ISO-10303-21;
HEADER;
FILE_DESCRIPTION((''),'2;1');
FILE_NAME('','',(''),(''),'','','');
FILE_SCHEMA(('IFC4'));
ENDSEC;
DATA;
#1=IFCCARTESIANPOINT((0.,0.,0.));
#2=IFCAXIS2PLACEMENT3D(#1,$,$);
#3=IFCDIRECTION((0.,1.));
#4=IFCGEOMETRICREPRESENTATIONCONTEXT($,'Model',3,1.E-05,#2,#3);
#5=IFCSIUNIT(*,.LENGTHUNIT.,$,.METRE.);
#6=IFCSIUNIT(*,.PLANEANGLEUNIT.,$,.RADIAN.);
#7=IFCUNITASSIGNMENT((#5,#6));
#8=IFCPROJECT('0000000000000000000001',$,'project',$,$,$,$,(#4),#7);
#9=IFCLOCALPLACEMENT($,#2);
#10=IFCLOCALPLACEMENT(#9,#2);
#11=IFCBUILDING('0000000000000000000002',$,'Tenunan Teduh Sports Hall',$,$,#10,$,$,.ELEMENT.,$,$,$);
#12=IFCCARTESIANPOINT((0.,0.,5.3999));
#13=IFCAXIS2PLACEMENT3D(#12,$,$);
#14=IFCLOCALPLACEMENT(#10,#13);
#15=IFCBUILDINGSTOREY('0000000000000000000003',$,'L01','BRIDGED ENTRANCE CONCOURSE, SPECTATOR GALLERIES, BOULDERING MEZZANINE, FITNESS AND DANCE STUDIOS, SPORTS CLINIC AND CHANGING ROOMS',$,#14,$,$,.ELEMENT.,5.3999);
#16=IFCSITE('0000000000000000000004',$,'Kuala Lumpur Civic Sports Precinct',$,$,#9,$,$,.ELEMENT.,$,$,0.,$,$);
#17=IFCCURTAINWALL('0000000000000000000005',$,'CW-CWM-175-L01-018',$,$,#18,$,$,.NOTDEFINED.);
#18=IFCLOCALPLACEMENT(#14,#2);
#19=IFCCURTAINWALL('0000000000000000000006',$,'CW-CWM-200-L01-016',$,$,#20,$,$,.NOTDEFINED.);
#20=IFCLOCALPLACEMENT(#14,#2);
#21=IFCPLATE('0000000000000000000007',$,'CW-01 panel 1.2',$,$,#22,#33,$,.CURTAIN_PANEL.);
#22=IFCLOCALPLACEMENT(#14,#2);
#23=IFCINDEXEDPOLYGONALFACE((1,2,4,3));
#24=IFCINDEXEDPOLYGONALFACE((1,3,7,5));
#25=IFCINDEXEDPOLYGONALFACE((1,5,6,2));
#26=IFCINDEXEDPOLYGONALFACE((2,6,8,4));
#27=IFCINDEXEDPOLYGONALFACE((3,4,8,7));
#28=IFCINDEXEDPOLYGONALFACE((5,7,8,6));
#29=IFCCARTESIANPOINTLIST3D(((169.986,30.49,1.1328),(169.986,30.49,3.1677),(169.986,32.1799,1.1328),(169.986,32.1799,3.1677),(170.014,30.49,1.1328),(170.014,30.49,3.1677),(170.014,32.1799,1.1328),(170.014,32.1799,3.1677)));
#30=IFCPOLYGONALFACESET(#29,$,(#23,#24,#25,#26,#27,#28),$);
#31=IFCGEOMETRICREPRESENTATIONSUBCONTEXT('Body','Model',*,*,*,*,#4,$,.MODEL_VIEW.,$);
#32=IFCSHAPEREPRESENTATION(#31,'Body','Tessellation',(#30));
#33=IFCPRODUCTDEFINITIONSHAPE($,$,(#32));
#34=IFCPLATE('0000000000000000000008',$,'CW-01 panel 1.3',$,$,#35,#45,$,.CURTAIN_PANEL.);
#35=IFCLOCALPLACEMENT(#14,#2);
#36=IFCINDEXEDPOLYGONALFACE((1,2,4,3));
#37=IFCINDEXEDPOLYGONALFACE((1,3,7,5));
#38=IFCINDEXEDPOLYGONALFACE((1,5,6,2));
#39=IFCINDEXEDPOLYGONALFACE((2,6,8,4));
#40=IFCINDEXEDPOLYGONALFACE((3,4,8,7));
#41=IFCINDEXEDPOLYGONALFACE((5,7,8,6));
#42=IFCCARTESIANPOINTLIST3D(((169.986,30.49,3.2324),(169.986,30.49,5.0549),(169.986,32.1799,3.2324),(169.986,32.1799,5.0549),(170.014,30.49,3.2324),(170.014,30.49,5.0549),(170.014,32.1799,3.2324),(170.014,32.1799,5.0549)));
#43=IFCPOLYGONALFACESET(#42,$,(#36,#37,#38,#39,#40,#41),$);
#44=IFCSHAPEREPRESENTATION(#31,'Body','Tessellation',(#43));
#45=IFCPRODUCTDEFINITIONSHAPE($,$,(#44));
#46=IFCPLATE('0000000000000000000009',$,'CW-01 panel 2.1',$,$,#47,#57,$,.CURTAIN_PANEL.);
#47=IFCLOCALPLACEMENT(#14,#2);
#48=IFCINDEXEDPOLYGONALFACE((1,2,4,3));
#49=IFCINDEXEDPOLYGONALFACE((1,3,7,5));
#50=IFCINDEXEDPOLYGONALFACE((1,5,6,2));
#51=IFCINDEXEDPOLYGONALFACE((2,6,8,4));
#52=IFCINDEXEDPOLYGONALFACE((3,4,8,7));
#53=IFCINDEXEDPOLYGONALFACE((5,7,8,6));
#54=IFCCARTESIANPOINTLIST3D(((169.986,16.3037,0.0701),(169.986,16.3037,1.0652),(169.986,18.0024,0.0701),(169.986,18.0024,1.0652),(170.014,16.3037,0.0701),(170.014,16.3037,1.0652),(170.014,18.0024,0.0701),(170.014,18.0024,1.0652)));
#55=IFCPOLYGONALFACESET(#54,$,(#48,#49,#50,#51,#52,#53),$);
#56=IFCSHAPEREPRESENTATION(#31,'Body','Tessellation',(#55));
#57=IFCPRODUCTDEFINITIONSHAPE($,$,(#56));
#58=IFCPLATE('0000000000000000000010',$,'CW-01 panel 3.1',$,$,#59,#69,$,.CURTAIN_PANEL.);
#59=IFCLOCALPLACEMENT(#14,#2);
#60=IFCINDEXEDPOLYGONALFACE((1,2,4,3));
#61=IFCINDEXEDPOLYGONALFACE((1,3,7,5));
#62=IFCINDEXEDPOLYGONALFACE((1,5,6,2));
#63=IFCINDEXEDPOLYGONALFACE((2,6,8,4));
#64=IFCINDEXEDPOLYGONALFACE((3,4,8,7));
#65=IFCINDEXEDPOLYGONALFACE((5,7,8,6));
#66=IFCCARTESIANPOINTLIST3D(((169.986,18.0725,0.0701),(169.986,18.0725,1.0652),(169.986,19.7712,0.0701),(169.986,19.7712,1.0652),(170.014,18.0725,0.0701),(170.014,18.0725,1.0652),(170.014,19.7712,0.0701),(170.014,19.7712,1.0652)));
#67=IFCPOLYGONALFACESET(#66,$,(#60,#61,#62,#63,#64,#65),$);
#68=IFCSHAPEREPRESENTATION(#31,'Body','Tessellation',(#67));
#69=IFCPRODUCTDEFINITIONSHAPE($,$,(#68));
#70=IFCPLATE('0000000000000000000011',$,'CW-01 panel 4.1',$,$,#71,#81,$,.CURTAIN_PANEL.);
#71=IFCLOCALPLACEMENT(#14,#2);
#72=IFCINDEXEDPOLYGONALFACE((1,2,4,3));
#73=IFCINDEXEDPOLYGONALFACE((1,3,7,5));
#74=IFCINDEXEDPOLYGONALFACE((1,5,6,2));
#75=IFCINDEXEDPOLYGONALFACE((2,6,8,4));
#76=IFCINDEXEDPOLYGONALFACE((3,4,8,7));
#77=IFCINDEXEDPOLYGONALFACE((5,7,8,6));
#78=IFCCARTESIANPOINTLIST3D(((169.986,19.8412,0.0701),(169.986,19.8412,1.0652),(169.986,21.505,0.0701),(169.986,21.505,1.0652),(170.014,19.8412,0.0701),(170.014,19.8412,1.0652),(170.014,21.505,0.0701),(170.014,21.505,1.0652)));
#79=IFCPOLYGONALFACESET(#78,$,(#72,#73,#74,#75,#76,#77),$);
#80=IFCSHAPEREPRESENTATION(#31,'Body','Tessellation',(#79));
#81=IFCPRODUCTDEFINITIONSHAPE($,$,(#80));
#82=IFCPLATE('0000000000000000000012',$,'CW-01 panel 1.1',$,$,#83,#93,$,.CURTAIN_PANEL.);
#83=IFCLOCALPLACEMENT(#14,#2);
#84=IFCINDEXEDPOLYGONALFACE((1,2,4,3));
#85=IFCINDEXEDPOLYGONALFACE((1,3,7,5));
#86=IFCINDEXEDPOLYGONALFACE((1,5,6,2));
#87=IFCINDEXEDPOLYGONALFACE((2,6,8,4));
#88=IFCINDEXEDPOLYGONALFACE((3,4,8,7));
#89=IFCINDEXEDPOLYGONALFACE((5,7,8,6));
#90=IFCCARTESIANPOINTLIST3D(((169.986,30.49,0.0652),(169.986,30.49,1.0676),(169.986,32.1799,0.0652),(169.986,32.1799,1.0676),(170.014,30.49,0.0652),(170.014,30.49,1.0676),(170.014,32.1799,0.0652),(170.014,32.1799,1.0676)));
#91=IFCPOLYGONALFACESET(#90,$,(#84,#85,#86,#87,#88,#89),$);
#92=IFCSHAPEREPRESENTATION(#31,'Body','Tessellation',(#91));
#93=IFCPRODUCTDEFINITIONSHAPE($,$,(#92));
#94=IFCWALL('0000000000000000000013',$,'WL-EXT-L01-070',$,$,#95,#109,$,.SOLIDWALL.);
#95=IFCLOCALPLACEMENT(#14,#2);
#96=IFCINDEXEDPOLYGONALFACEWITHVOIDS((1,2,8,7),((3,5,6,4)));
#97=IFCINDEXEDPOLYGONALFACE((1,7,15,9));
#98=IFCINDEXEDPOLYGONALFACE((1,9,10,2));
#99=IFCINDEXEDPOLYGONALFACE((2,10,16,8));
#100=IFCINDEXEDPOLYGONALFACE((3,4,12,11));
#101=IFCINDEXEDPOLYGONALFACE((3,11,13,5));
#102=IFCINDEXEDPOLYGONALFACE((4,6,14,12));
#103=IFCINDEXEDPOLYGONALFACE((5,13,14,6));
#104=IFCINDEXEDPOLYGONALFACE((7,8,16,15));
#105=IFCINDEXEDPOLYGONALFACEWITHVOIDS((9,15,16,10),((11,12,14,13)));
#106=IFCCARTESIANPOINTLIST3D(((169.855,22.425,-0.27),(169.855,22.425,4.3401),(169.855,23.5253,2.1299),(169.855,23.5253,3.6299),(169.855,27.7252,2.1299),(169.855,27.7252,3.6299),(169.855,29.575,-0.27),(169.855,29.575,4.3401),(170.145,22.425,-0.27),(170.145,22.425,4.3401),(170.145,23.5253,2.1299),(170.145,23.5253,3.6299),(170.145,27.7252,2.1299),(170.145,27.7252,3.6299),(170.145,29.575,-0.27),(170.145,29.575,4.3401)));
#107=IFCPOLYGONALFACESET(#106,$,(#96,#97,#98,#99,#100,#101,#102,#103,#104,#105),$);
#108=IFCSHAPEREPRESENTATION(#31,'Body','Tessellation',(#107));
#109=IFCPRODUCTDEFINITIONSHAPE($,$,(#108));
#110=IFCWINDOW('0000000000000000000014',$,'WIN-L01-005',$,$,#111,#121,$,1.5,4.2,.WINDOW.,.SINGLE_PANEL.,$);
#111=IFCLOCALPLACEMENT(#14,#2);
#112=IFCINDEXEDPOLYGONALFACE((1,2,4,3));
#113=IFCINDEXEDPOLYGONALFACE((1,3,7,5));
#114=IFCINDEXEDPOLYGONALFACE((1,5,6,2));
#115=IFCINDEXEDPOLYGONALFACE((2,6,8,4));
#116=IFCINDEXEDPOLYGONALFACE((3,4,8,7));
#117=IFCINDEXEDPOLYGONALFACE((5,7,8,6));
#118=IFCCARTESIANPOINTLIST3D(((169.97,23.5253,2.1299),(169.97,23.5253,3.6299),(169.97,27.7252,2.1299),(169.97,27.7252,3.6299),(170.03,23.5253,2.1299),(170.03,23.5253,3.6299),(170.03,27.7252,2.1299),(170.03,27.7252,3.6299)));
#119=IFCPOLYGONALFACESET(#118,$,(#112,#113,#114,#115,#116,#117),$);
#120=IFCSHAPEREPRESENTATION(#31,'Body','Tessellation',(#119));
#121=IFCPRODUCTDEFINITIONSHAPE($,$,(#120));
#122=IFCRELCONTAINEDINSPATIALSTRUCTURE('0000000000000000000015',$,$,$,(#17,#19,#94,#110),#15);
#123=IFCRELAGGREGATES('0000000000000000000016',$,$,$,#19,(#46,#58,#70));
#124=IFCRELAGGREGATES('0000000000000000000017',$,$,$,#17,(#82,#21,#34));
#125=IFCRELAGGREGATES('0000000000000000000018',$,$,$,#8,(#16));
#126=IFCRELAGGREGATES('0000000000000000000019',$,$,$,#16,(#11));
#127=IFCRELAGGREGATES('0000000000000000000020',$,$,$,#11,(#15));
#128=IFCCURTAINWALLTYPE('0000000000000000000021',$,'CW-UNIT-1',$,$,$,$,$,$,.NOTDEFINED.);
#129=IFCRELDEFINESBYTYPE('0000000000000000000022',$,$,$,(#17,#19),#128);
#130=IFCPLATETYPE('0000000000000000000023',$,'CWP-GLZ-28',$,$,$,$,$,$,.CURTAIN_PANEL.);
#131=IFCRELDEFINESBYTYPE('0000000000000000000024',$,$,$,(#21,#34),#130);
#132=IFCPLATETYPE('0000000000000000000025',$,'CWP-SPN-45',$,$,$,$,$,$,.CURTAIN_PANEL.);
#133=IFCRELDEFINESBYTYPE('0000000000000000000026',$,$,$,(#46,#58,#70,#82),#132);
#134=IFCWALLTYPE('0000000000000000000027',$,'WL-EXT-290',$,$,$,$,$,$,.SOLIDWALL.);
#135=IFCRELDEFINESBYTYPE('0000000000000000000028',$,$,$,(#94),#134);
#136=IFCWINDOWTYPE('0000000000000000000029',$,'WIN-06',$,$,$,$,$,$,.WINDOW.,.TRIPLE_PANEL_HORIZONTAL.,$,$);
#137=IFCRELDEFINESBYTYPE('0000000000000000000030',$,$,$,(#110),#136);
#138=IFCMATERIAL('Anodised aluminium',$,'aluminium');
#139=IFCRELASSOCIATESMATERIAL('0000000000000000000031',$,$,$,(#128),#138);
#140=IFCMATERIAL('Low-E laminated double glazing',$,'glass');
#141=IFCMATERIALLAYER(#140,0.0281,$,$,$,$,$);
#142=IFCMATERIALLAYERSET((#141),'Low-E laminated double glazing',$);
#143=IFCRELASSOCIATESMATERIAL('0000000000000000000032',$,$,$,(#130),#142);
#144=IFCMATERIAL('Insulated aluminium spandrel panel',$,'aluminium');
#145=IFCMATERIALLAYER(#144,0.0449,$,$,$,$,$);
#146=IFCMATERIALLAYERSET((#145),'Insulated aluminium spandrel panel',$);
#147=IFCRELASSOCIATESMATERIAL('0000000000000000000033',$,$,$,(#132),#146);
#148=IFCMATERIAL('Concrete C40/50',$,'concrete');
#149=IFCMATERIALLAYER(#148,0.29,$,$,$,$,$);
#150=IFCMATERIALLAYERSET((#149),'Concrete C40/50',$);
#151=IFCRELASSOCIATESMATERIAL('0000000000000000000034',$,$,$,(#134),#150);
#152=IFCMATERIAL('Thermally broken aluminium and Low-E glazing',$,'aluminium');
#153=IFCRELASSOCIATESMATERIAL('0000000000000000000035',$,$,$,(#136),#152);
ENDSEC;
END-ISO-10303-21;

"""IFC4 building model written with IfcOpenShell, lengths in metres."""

from ifc_helpers import new_model, si_unit, direction, frame, frame_2d, origin, origin_2d, place, context, subcontext, project, spatial, rectangle, extrude, material, layer, layer_set, type_object, element, fill, aggregate, save


model = new_model("IFC4")

# Units and contexts
model_context = context("Model", 3, precision=1e-05, world=origin(), true_north=direction((0.0, 1.0)))
body_context = subcontext(model_context, "Body", "Model", "MODEL_VIEW")
ifc_project = project(units=[si_unit("LENGTHUNIT", "METRE"), si_unit("PLANEANGLEUNIT", "RADIAN")], contexts=[model_context])

# Site, building, storey
site_placement = place(None, origin())
site = spatial("IfcSite", under=ifc_project, at=site_placement, Name="Kuala Lumpur Civic Sports Precinct", CompositionType="ELEMENT", RefElevation=0.0)
building_placement = place(site_placement, origin())
building = spatial("IfcBuilding", under=site, at=building_placement, Name="Tenunan Teduh Sports Hall", CompositionType="ELEMENT")
storey_placement = place(building_placement, frame((0.0, 0.0, 5.3999)))
storey = spatial("IfcBuildingStorey", under=building, at=storey_placement, Name="L01", Description="BRIDGED ENTRANCE CONCOURSE, SPECTATOR GALLERIES, BOULDERING MEZZANINE, FITNESS AND DANCE STUDIOS, SPORTS CLINIC AND CHANGING ROOMS", CompositionType="ELEMENT", Elevation=5.3999)

# Curtain walls
ifc_material_1 = material(Name="Anodised aluminium", Category="aluminium")
curtain_wall_type = type_object("IfcCurtainWallType", Name="CW-UNIT-1", PredefinedType="NOTDEFINED", material=ifc_material_1)
curtain_wall_1_placement = place(storey_placement, origin())
curtain_wall_1 = element("IfcCurtainWall", 1, at=curtain_wall_1_placement, inside=storey, type_object=curtain_wall_type, Name="CW-CWM-175-L01-018", PredefinedType="NOTDEFINED")
curtain_wall_2_placement = place(storey_placement, origin())
curtain_wall_2 = element("IfcCurtainWall", 2, at=curtain_wall_2_placement, inside=storey, type_object=curtain_wall_type, Name="CW-CWM-200-L01-016", PredefinedType="NOTDEFINED")

# Plates
ifc_material_2 = material(Name="Low-E laminated double glazing", Category="glass")
ifc_layer_1 = layer(ifc_material_2, 0.0281)
ifc_layer_set_1 = layer_set([ifc_layer_1], Name="Low-E laminated double glazing")
plate_type_1 = type_object("IfcPlateType", Name="CWP-GLZ-28", PredefinedType="CURTAIN_PANEL", material=ifc_layer_set_1)
plate_1_placement = place(storey_placement, frame((170.0, 31.335, 1.1328), z_axis=(0.0, 0.0, 1.0), x_axis=(0.0, 1.0, 0.0)))
plate_1 = element("IfcPlate", 3, at=plate_1_placement, type_object=plate_type_1, Name="CW-01 panel 1.2", PredefinedType="CURTAIN_PANEL", context=body_context, shape_type="SweptSolid", body=[
    extrude(rectangle(XDim=1.6899, YDim=0.0281, at=origin_2d()), origin(), (0.0, 0.0, 1.0), 2.0349),
])
plate_2_placement = place(storey_placement, frame((170.0, 31.335, 3.2324), z_axis=(0.0, 0.0, 1.0), x_axis=(0.0, 1.0, 0.0)))
plate_2 = element("IfcPlate", 4, at=plate_2_placement, type_object=plate_type_1, Name="CW-01 panel 1.3", PredefinedType="CURTAIN_PANEL", context=body_context, shape_type="SweptSolid", body=[
    extrude(rectangle(XDim=1.6899, YDim=0.0281, at=origin_2d()), origin(), (0.0, 0.0, 1.0), 1.8225),
])
ifc_material_3 = material(Name="Insulated aluminium spandrel panel", Category="aluminium")
ifc_layer_2 = layer(ifc_material_3, 0.0449)
ifc_layer_set_2 = layer_set([ifc_layer_2], Name="Insulated aluminium spandrel panel")
plate_type_2 = type_object("IfcPlateType", Name="CWP-SPN-45", PredefinedType="CURTAIN_PANEL", material=ifc_layer_set_2)
plate_3_placement = place(storey_placement, frame((170.0, 17.1531, 0.0701), z_axis=(0.0, 0.0, 1.0), x_axis=(0.0, 1.0, 0.0)))
plate_3 = element("IfcPlate", 5, at=plate_3_placement, type_object=plate_type_2, Name="CW-01 panel 2.1", PredefinedType="CURTAIN_PANEL", context=body_context, shape_type="SweptSolid", body=[
    extrude(rectangle(XDim=1.6987, YDim=0.0281, at=origin_2d()), origin(), (0.0, 0.0, 1.0), 0.9951),
])
plate_4_placement = place(storey_placement, frame((170.0, 18.9219, 0.0701), z_axis=(0.0, 0.0, 1.0), x_axis=(0.0, 1.0, 0.0)))
plate_4 = element("IfcPlate", 6, at=plate_4_placement, type_object=plate_type_2, Name="CW-01 panel 3.1", PredefinedType="CURTAIN_PANEL", context=body_context, shape_type="SweptSolid", body=[
    extrude(rectangle(XDim=1.6987, YDim=0.0281, at=origin_2d()), origin(), (0.0, 0.0, 1.0), 0.9951),
])
plate_5_placement = place(storey_placement, frame((170.0, 20.6731, 0.0701), z_axis=(0.0, 0.0, 1.0), x_axis=(0.0, 1.0, 0.0)))
plate_5 = element("IfcPlate", 7, at=plate_5_placement, type_object=plate_type_2, Name="CW-01 panel 4.1", PredefinedType="CURTAIN_PANEL", context=body_context, shape_type="SweptSolid", body=[
    extrude(rectangle(XDim=1.6638, YDim=0.0281, at=origin_2d()), origin(), (0.0, 0.0, 1.0), 0.9951),
])
aggregate(curtain_wall_2, [plate_3, plate_4, plate_5])
plate_6_placement = place(storey_placement, frame((170.0, 31.335, 0.0652), z_axis=(0.0, 0.0, 1.0), x_axis=(0.0, 1.0, 0.0)))
plate_6 = element("IfcPlate", 8, at=plate_6_placement, type_object=plate_type_2, Name="CW-01 panel 1.1", PredefinedType="CURTAIN_PANEL", context=body_context, shape_type="SweptSolid", body=[
    extrude(rectangle(XDim=1.6899, YDim=0.0281, at=origin_2d()), origin(), (0.0, 0.0, 1.0), 1.0024),
])
aggregate(curtain_wall_1, [plate_6, plate_1, plate_2])

# Wall, opening, window
ifc_material_4 = material(Name="Concrete C40/50", Category="concrete")
ifc_layer_3 = layer(ifc_material_4, 0.29)
ifc_layer_set_3 = layer_set([ifc_layer_3], Name="Concrete C40/50")
wall_type = type_object("IfcWallType", Name="WL-EXT-290", PredefinedType="SOLIDWALL", material=ifc_layer_set_3)
wall_placement = place(storey_placement, frame((170.0, 22.425, -0.27), z_axis=(0.0, 0.0, 1.0), x_axis=(0.0, 1.0, 0.0)))
wall = element("IfcWall", 9, at=wall_placement, inside=storey, type_object=wall_type, Name="WL-EXT-L01-070", PredefinedType="SOLIDWALL", context=body_context, shape_type="SweptSolid", body=[
    extrude(rectangle(XDim=7.1499, YDim=0.29, at=frame_2d((3.575, 0.0))), origin(), (0.0, 0.0, 1.0), 4.6101),
])
opening_placement = place(wall_placement, frame((1.1001, 0.0, 2.3999)))
opening = element("IfcOpeningElement", 10, at=opening_placement, cuts=wall, PredefinedType="OPENING", context=body_context, shape_type="SweptSolid", body=[
    extrude(rectangle(XDim=4.2, YDim=1.5, at=frame_2d((2.1001, 0.75))), frame((0.0, 0.155, 0.0), z_axis=(0.0, -1.0, 0.0), x_axis=(1.0, 0.0, 0.0)), (0.0, 0.0, 1.0), 0.3101),
])
ifc_material_5 = material(Name="Thermally broken aluminium and Low-E glazing", Category="aluminium")
window_type = type_object("IfcWindowType", Name="WIN-06", PartitioningType="TRIPLE_PANEL_HORIZONTAL", PredefinedType="WINDOW", material=ifc_material_5)
window_placement = place(opening_placement, origin())
window = element("IfcWindow", 11, at=window_placement, inside=storey, type_object=window_type, Name="WIN-L01-005", OverallHeight=1.5, OverallWidth=4.2, PartitioningType="SINGLE_PANEL", PredefinedType="WINDOW", context=body_context, shape_type="SweptSolid", body=[
    extrude(rectangle(XDim=4.2, YDim=1.5, at=frame_2d((2.1001, 0.75))), frame((0.0, 0.03, 0.0), z_axis=(0.0, -1.0, 0.0), x_axis=(1.0, 0.0, 0.0)), (0.0, 0.0, 1.0), 0.0601),
])
fill(opening, window)

save(model, "model.ifc")
